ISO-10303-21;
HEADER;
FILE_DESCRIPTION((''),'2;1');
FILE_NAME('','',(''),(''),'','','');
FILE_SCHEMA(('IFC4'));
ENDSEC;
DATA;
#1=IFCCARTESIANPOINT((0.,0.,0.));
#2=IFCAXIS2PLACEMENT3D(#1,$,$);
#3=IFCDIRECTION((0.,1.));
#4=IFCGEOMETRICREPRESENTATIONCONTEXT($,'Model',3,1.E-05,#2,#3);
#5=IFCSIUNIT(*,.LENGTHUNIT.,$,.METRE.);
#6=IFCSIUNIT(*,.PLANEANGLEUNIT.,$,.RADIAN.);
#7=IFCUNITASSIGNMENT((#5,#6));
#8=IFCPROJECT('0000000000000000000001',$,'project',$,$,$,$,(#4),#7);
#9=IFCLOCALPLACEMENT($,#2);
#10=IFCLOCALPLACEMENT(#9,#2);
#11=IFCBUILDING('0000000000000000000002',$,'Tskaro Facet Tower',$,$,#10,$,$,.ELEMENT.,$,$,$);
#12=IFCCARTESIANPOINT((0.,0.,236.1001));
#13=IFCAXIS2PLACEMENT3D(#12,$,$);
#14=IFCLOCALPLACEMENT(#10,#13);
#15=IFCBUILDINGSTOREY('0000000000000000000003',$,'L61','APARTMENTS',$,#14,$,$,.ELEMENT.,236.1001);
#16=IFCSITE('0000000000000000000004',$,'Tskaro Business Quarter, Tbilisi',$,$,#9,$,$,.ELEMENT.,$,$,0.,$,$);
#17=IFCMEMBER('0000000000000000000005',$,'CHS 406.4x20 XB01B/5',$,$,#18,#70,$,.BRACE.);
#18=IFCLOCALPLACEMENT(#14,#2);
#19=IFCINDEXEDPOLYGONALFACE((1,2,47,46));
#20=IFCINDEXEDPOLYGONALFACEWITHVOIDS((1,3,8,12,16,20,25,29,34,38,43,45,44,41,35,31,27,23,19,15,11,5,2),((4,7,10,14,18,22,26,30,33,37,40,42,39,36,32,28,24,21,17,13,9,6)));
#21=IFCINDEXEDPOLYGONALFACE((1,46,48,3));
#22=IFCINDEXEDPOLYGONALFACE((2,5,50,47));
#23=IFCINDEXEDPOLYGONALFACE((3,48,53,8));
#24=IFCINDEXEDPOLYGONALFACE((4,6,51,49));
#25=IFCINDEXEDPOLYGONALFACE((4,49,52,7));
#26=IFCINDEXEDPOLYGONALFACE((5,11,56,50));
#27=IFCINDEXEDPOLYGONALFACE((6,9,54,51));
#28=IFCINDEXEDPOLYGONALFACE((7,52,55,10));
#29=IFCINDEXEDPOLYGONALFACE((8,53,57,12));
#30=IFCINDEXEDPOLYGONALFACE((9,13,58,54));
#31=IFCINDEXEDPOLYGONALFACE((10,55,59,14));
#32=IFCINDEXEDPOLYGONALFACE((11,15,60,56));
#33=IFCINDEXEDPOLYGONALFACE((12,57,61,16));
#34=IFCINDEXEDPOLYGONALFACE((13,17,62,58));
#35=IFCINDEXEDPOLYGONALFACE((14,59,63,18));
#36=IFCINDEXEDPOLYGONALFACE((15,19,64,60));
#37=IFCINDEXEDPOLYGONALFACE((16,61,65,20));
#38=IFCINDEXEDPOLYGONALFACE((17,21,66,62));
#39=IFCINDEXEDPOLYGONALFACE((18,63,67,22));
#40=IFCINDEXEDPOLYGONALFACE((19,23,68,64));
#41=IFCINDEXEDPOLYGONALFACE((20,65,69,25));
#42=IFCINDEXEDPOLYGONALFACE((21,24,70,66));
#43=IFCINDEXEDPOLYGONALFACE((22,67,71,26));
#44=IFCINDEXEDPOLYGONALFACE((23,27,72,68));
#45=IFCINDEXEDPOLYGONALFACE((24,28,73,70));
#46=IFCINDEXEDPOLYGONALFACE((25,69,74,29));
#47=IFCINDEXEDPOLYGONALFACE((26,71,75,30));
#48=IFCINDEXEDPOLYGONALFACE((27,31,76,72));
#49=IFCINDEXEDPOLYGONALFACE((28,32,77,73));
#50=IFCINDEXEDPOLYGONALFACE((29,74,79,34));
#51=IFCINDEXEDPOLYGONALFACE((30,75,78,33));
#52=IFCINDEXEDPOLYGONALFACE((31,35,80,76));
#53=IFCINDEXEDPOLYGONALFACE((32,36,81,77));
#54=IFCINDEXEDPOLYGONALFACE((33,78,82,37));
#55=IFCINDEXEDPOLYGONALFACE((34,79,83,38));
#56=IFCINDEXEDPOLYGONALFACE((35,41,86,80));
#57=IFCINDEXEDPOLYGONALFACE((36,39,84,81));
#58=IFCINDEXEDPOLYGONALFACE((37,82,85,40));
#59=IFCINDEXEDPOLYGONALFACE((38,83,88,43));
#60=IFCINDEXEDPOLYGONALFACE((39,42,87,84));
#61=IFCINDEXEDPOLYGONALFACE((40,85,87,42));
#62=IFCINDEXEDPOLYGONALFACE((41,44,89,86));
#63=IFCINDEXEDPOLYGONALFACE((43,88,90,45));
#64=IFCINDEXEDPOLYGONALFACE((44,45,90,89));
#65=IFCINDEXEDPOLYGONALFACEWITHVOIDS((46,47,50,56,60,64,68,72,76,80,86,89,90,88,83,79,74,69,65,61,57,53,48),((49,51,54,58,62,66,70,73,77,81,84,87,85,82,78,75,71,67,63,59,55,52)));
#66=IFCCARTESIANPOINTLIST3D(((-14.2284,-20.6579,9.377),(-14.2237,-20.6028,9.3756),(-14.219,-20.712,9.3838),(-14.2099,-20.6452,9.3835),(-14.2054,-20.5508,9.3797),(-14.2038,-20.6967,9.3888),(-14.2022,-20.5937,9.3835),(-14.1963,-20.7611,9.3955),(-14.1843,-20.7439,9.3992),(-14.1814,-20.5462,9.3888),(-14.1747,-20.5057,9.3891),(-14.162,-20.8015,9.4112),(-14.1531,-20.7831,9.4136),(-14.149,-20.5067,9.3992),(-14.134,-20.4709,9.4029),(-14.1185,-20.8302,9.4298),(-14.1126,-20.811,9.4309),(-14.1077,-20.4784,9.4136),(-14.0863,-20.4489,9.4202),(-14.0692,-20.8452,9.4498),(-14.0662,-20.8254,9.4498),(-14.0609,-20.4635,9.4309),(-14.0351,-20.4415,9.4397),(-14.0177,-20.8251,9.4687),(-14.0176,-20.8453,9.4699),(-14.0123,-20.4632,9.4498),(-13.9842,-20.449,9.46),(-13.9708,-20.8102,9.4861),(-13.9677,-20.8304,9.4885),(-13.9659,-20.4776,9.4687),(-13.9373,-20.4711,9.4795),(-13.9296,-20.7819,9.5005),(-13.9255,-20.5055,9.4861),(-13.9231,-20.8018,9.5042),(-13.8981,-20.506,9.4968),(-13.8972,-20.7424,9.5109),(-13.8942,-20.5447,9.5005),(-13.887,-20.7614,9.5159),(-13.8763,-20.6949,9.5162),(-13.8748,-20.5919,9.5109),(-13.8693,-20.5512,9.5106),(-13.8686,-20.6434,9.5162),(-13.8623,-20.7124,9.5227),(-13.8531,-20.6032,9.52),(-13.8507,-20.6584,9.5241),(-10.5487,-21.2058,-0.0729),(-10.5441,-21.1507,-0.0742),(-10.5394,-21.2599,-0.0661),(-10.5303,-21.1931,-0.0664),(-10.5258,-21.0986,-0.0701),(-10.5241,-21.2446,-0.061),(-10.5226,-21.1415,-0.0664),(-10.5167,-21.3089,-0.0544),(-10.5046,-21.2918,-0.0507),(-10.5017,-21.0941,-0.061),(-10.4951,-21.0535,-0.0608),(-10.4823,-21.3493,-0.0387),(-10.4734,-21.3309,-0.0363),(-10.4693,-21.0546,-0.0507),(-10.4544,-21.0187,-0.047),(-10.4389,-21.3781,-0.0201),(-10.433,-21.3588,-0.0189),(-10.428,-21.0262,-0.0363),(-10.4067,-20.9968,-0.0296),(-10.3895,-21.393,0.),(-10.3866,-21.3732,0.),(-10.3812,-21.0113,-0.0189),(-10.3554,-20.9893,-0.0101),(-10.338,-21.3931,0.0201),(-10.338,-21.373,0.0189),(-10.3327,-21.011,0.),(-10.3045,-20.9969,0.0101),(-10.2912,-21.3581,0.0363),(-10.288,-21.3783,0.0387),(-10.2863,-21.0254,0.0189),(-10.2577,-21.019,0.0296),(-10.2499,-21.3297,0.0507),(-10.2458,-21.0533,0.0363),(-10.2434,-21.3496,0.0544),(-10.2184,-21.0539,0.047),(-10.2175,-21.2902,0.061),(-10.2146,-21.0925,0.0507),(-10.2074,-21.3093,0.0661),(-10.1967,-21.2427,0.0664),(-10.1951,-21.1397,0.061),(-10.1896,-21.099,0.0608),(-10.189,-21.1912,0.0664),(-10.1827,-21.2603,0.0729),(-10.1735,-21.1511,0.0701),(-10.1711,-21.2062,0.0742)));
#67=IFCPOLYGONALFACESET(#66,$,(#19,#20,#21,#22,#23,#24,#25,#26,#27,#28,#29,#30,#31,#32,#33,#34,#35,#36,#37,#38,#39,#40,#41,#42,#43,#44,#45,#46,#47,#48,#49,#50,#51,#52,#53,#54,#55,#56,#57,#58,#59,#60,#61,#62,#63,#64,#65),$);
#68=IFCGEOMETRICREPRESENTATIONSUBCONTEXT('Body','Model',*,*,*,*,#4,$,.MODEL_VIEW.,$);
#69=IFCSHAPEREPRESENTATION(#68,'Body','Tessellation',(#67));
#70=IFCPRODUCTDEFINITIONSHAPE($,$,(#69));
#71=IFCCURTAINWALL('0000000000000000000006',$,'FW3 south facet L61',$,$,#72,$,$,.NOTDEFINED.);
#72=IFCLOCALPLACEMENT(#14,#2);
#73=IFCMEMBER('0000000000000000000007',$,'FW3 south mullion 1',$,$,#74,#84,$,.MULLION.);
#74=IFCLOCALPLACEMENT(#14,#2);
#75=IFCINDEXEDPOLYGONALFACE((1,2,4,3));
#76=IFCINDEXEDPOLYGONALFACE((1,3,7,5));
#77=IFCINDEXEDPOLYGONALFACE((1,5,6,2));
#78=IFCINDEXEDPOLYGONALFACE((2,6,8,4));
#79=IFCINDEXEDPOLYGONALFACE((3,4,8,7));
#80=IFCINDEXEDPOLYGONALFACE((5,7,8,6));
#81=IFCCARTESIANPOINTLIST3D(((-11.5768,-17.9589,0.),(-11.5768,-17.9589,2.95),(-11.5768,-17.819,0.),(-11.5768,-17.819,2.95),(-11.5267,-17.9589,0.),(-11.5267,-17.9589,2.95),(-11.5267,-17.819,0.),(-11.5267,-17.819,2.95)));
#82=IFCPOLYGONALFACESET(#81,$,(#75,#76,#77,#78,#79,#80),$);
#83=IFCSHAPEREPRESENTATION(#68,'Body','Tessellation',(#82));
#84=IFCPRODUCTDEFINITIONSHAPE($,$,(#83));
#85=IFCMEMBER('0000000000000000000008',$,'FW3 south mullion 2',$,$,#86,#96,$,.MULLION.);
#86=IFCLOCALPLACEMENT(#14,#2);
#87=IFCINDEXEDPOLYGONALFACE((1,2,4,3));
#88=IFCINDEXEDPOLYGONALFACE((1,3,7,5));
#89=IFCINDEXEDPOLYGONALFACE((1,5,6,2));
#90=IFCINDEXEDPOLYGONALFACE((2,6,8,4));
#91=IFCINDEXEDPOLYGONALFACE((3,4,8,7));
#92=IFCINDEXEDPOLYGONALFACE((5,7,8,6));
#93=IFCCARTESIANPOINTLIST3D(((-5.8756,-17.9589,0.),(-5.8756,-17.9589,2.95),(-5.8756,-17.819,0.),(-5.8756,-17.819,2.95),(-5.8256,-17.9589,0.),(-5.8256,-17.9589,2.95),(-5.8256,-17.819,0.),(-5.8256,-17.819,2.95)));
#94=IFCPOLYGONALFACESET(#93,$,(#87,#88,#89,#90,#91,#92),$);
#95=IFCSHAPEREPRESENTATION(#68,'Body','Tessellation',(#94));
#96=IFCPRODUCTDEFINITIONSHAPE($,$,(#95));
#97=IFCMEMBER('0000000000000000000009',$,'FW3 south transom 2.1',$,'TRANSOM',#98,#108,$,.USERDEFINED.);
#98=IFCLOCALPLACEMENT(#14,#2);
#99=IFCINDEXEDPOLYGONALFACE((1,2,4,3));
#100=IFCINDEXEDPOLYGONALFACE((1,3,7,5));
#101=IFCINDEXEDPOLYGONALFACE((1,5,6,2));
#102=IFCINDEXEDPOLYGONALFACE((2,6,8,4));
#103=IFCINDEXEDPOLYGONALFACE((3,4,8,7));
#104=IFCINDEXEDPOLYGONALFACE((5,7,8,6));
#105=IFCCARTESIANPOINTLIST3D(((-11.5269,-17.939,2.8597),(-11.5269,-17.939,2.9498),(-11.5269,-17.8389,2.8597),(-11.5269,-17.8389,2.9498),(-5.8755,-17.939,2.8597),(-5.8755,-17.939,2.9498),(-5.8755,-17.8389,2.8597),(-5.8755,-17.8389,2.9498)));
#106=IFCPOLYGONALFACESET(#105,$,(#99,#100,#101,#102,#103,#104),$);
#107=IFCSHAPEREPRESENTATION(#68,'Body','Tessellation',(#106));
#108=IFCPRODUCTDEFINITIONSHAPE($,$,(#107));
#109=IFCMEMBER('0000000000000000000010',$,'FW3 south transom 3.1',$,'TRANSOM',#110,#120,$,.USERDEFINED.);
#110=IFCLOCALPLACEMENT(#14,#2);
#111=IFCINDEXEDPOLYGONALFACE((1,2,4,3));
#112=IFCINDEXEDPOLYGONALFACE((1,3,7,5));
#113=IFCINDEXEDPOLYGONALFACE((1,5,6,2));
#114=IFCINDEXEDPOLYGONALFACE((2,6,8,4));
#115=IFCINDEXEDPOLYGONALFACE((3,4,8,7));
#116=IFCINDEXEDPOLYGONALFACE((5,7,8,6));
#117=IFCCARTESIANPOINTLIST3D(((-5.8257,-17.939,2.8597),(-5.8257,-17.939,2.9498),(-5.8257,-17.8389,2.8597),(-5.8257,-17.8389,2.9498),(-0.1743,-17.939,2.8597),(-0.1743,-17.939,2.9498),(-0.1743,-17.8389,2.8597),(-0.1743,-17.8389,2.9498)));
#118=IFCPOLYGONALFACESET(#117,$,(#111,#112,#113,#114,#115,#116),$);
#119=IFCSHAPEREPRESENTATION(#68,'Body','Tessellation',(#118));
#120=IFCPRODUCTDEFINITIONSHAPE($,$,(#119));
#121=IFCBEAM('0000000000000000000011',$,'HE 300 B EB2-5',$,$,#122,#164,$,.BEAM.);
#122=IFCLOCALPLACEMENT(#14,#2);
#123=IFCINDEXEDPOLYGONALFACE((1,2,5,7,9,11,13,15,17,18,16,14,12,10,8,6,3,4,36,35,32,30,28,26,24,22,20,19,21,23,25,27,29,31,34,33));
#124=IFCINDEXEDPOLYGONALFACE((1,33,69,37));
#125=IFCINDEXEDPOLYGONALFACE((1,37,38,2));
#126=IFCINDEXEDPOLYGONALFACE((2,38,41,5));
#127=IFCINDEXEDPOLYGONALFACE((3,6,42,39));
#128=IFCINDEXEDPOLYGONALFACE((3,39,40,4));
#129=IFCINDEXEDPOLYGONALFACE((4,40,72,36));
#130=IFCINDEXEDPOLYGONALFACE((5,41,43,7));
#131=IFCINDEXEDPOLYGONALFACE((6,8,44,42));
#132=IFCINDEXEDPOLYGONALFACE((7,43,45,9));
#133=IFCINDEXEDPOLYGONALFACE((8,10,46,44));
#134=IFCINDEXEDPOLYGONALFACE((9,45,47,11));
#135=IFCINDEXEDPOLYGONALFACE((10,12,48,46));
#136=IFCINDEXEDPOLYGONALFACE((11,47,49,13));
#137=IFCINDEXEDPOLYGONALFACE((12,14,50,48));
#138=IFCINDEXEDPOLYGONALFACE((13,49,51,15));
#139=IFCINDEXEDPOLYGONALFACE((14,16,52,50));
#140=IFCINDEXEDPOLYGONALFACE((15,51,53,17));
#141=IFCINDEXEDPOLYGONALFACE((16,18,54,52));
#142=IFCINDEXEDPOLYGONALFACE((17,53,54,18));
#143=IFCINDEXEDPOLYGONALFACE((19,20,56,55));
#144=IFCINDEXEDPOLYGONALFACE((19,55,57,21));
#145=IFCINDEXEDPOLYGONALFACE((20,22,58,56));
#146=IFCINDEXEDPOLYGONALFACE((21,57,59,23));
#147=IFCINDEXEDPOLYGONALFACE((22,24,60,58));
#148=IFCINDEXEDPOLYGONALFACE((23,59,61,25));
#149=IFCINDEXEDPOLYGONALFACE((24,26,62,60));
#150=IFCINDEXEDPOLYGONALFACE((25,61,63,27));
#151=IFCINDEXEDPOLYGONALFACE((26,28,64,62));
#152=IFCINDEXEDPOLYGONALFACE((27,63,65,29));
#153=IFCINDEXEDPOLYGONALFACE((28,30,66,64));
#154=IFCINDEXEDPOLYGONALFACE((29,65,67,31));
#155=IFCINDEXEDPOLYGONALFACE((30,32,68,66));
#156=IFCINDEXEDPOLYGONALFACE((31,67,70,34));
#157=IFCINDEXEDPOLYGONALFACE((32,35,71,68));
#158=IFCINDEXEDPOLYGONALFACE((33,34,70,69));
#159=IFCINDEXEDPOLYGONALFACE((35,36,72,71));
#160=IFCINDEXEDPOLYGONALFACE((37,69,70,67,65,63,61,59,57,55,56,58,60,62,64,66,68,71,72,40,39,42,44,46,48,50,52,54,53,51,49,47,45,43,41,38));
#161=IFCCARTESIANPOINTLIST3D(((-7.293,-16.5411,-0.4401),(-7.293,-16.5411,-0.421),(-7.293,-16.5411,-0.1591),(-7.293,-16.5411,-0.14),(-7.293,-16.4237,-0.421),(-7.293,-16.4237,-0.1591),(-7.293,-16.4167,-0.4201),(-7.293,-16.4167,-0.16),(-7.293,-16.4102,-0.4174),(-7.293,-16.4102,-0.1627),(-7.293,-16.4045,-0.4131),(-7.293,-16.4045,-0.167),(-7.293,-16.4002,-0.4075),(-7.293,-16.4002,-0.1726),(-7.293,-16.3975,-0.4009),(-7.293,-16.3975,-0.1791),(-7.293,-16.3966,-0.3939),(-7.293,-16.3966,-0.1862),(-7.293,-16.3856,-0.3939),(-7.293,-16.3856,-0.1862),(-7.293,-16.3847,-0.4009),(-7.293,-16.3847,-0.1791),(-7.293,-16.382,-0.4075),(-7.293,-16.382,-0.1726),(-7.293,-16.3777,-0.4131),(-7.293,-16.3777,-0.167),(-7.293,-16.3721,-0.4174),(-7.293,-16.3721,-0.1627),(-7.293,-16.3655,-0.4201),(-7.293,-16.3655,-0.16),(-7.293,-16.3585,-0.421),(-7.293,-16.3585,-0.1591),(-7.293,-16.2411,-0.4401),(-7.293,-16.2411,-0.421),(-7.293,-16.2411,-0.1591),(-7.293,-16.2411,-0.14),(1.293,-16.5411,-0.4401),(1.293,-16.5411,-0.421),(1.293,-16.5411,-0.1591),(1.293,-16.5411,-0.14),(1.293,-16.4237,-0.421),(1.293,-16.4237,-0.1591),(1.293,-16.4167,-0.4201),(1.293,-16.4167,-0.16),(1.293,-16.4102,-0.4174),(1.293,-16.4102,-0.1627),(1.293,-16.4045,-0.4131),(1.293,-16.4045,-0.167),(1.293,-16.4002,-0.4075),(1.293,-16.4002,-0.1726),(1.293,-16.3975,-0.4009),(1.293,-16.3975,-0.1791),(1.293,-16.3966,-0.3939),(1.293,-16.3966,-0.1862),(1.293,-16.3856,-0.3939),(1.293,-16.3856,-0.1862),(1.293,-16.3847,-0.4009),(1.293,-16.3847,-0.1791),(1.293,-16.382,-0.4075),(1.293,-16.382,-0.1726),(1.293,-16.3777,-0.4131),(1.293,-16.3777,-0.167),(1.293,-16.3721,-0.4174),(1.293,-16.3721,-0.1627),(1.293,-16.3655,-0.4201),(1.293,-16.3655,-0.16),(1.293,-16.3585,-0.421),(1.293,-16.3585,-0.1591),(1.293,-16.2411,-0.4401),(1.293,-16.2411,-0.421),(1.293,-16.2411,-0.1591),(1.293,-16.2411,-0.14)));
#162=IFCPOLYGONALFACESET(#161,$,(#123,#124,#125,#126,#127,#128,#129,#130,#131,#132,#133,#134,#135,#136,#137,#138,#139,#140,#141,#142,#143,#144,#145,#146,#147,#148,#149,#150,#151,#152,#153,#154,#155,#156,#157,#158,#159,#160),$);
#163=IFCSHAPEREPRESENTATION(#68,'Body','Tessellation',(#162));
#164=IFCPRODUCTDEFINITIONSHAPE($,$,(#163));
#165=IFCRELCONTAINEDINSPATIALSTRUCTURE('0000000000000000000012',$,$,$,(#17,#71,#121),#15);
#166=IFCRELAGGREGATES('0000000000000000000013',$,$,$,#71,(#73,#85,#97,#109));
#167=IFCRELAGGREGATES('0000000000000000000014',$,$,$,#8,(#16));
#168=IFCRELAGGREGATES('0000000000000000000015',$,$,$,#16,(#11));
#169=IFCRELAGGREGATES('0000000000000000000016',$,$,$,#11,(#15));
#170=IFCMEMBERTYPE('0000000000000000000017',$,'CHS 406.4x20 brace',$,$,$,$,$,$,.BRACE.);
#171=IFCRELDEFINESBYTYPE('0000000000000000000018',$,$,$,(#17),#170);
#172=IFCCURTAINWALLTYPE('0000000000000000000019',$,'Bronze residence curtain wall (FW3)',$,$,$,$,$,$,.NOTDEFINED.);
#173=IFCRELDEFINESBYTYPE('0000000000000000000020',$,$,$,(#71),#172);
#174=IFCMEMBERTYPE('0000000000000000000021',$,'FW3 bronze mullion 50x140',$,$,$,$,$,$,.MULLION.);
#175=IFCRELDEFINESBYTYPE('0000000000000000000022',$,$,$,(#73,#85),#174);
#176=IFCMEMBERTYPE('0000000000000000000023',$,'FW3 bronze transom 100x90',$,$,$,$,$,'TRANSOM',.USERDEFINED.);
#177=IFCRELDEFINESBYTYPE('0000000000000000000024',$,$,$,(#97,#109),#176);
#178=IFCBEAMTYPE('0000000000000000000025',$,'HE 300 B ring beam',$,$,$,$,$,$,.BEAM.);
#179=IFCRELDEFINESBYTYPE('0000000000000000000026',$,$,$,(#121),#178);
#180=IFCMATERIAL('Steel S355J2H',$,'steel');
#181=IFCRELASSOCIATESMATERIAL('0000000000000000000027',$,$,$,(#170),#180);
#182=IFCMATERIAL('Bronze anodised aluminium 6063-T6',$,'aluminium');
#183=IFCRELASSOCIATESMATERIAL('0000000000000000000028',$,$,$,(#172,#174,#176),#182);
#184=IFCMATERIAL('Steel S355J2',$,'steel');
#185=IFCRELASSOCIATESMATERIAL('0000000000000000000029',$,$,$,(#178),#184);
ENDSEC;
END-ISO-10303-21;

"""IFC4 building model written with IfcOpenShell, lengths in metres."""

from ifc_helpers import new_model, si_unit, direction, frame, origin, origin_2d, place, context, subcontext, project, spatial, rectangle, hollow_circle, i_section, extrude, material, material_profile, profile_set, type_object, element, aggregate, save


model = new_model("IFC4")

# Units and contexts
model_context = context("Model", 3, precision=1e-05, world=origin(), true_north=direction((0.0, 1.0)))
body_context = subcontext(model_context, "Body", "Model", "MODEL_VIEW")
ifc_project = project(units=[si_unit("LENGTHUNIT", "METRE"), si_unit("PLANEANGLEUNIT", "RADIAN")], contexts=[model_context])

# Site, building, storey
site_placement = place(None, origin())
site = spatial("IfcSite", under=ifc_project, at=site_placement, Name="Tskaro Business Quarter, Tbilisi", CompositionType="ELEMENT", RefElevation=0.0)
building_placement = place(site_placement, origin())
building = spatial("IfcBuilding", under=site, at=building_placement, Name="Tskaro Facet Tower", CompositionType="ELEMENT")
storey_placement = place(building_placement, frame((0.0, 0.0, 236.1001)))
storey = spatial("IfcBuildingStorey", under=building, at=storey_placement, Name="L61", Description="APARTMENTS", CompositionType="ELEMENT", Elevation=236.1001)

# Shared definitions
ifc_material_1 = material(Name="Steel S355J2", Category="steel")
ifc_material_2 = material(Name="Steel S355J2H", Category="steel")

# Member
ifc_material_profile_1 = material_profile(ifc_material_2, hollow_circle(Radius=0.2031, WallThickness=0.02, at=origin_2d()), Name="CHS 406.4x20")
ifc_profile_set_1 = profile_set([ifc_material_profile_1], Name="Steel S355J2H")
member_type_1 = type_object("IfcMemberType", Name="CHS 406.4x20 brace", PredefinedType="BRACE", material=ifc_profile_set_1)
member_1_placement = place(storey_placement, frame((-10.3596, -21.1921, 0.0), z_axis=(-0.362321, 0.053944, 0.930491), x_axis=(-0.147262, -0.989098, 0.0)))
element("IfcMember", 1, at=member_1_placement, inside=storey, type_object=member_type_1, Name="CHS 406.4x20 XB01B/5", PredefinedType="BRACE", context=body_context, shape_type="SweptSolid", body=[
    extrude(hollow_circle(Radius=0.2031, WallThickness=0.02, at=origin_2d()), origin(), (0.0, 0.0, 1.0), 10.1558),
])

# Curtain wall, members
ifc_material_3 = material(Name="Bronze anodised aluminium 6063-T6", Category="aluminium")
curtain_wall_type = type_object("IfcCurtainWallType", Name="Bronze residence curtain wall (FW3)", PredefinedType="NOTDEFINED", material=ifc_material_3)
curtain_wall_placement = place(storey_placement, origin())
curtain_wall = element("IfcCurtainWall", 2, at=curtain_wall_placement, inside=storey, type_object=curtain_wall_type, Name="FW3 south facet L61", PredefinedType="NOTDEFINED")
ifc_material_profile_2 = material_profile(ifc_material_3, rectangle(XDim=0.05, YDim=0.1399, at=origin_2d()), Name="Mullion 50x140")
ifc_profile_set_2 = profile_set([ifc_material_profile_2], Name="Bronze anodised aluminium 6063-T6")
member_type_2 = type_object("IfcMemberType", Name="FW3 bronze mullion 50x140", PredefinedType="MULLION", material=ifc_profile_set_2)
member_2_placement = place(storey_placement, frame((-11.5518, -17.8889, 0.0), z_axis=(0.0, 0.0, 1.0), x_axis=(1.0, 0.0, 0.0)))
member_2 = element("IfcMember", 3, at=member_2_placement, type_object=member_type_2, Name="FW3 south mullion 1", PredefinedType="MULLION", context=body_context, shape_type="SweptSolid", body=[
    extrude(rectangle(XDim=0.05, YDim=0.1399, at=origin_2d()), origin(), (0.0, 0.0, 1.0), 2.95),
])
member_3_placement = place(storey_placement, frame((-5.8506, -17.8889, 0.0), z_axis=(0.0, 0.0, 1.0), x_axis=(1.0, 0.0, 0.0)))
member_3 = element("IfcMember", 4, at=member_3_placement, type_object=member_type_2, Name="FW3 south mullion 2", PredefinedType="MULLION", context=body_context, shape_type="SweptSolid", body=[
    extrude(rectangle(XDim=0.05, YDim=0.1399, at=origin_2d()), origin(), (0.0, 0.0, 1.0), 2.95),
])
ifc_material_profile_3 = material_profile(ifc_material_3, rectangle(XDim=0.1001, YDim=0.0901, at=origin_2d()), Name="Transom 100x90")
ifc_profile_set_3 = profile_set([ifc_material_profile_3], Name="Bronze anodised aluminium 6063-T6")
member_type_3 = type_object("IfcMemberType", Name="FW3 bronze transom 100x90", ElementType="TRANSOM", PredefinedType="USERDEFINED", material=ifc_profile_set_3)
member_4_placement = place(storey_placement, frame((-11.5269, -17.8889, 2.9048), z_axis=(1.0, 0.0, 0.0), x_axis=(0.0, 1.0, 0.0)))
member_4 = element("IfcMember", 5, at=member_4_placement, type_object=member_type_3, Name="FW3 south transom 2.1", ObjectType="TRANSOM", PredefinedType="USERDEFINED", context=body_context, shape_type="SweptSolid", body=[
    extrude(rectangle(XDim=0.1001, YDim=0.0901, at=origin_2d()), origin(), (0.0, 0.0, 1.0), 5.6514),
])
member_5_placement = place(storey_placement, frame((-5.8257, -17.8889, 2.9048), z_axis=(1.0, 0.0, 0.0), x_axis=(0.0, 1.0, 0.0)))
member_5 = element("IfcMember", 6, at=member_5_placement, type_object=member_type_3, Name="FW3 south transom 3.1", ObjectType="TRANSOM", PredefinedType="USERDEFINED", context=body_context, shape_type="SweptSolid", body=[
    extrude(rectangle(XDim=0.1001, YDim=0.0901, at=origin_2d()), origin(), (0.0, 0.0, 1.0), 5.6514),
])

# Beam
ifc_material_profile_4 = material_profile(ifc_material_1, i_section(OverallWidth=0.3, OverallDepth=0.3, WebThickness=0.011, FlangeThickness=0.019, FilletRadius=0.0271, at=origin_2d()), Name="HE 300 B")
ifc_profile_set_4 = profile_set([ifc_material_profile_4], Name="Steel S355J2")
beam_type_1 = type_object("IfcBeamType", Name="HE 300 B ring beam", PredefinedType="BEAM", material=ifc_profile_set_4)
beam_1_placement = place(storey_placement, frame((-7.293, -16.3911, -0.29), z_axis=(1.0, 0.0, 0.0), x_axis=(0.0, 1.0, 0.0)))
element("IfcBeam", 7, at=beam_1_placement, inside=storey, type_object=beam_type_1, Name="HE 300 B EB2-5", PredefinedType="BEAM", context=body_context, shape_type="SweptSolid", body=[
    extrude(i_section(OverallWidth=0.3, OverallDepth=0.3, WebThickness=0.011, FlangeThickness=0.019, FilletRadius=0.0271, at=origin_2d()), origin(), (0.0, 0.0, 1.0), 8.5859),
])

aggregate(curtain_wall, [member_2, member_3, member_4, member_5])

save(model, "model.ifc")
